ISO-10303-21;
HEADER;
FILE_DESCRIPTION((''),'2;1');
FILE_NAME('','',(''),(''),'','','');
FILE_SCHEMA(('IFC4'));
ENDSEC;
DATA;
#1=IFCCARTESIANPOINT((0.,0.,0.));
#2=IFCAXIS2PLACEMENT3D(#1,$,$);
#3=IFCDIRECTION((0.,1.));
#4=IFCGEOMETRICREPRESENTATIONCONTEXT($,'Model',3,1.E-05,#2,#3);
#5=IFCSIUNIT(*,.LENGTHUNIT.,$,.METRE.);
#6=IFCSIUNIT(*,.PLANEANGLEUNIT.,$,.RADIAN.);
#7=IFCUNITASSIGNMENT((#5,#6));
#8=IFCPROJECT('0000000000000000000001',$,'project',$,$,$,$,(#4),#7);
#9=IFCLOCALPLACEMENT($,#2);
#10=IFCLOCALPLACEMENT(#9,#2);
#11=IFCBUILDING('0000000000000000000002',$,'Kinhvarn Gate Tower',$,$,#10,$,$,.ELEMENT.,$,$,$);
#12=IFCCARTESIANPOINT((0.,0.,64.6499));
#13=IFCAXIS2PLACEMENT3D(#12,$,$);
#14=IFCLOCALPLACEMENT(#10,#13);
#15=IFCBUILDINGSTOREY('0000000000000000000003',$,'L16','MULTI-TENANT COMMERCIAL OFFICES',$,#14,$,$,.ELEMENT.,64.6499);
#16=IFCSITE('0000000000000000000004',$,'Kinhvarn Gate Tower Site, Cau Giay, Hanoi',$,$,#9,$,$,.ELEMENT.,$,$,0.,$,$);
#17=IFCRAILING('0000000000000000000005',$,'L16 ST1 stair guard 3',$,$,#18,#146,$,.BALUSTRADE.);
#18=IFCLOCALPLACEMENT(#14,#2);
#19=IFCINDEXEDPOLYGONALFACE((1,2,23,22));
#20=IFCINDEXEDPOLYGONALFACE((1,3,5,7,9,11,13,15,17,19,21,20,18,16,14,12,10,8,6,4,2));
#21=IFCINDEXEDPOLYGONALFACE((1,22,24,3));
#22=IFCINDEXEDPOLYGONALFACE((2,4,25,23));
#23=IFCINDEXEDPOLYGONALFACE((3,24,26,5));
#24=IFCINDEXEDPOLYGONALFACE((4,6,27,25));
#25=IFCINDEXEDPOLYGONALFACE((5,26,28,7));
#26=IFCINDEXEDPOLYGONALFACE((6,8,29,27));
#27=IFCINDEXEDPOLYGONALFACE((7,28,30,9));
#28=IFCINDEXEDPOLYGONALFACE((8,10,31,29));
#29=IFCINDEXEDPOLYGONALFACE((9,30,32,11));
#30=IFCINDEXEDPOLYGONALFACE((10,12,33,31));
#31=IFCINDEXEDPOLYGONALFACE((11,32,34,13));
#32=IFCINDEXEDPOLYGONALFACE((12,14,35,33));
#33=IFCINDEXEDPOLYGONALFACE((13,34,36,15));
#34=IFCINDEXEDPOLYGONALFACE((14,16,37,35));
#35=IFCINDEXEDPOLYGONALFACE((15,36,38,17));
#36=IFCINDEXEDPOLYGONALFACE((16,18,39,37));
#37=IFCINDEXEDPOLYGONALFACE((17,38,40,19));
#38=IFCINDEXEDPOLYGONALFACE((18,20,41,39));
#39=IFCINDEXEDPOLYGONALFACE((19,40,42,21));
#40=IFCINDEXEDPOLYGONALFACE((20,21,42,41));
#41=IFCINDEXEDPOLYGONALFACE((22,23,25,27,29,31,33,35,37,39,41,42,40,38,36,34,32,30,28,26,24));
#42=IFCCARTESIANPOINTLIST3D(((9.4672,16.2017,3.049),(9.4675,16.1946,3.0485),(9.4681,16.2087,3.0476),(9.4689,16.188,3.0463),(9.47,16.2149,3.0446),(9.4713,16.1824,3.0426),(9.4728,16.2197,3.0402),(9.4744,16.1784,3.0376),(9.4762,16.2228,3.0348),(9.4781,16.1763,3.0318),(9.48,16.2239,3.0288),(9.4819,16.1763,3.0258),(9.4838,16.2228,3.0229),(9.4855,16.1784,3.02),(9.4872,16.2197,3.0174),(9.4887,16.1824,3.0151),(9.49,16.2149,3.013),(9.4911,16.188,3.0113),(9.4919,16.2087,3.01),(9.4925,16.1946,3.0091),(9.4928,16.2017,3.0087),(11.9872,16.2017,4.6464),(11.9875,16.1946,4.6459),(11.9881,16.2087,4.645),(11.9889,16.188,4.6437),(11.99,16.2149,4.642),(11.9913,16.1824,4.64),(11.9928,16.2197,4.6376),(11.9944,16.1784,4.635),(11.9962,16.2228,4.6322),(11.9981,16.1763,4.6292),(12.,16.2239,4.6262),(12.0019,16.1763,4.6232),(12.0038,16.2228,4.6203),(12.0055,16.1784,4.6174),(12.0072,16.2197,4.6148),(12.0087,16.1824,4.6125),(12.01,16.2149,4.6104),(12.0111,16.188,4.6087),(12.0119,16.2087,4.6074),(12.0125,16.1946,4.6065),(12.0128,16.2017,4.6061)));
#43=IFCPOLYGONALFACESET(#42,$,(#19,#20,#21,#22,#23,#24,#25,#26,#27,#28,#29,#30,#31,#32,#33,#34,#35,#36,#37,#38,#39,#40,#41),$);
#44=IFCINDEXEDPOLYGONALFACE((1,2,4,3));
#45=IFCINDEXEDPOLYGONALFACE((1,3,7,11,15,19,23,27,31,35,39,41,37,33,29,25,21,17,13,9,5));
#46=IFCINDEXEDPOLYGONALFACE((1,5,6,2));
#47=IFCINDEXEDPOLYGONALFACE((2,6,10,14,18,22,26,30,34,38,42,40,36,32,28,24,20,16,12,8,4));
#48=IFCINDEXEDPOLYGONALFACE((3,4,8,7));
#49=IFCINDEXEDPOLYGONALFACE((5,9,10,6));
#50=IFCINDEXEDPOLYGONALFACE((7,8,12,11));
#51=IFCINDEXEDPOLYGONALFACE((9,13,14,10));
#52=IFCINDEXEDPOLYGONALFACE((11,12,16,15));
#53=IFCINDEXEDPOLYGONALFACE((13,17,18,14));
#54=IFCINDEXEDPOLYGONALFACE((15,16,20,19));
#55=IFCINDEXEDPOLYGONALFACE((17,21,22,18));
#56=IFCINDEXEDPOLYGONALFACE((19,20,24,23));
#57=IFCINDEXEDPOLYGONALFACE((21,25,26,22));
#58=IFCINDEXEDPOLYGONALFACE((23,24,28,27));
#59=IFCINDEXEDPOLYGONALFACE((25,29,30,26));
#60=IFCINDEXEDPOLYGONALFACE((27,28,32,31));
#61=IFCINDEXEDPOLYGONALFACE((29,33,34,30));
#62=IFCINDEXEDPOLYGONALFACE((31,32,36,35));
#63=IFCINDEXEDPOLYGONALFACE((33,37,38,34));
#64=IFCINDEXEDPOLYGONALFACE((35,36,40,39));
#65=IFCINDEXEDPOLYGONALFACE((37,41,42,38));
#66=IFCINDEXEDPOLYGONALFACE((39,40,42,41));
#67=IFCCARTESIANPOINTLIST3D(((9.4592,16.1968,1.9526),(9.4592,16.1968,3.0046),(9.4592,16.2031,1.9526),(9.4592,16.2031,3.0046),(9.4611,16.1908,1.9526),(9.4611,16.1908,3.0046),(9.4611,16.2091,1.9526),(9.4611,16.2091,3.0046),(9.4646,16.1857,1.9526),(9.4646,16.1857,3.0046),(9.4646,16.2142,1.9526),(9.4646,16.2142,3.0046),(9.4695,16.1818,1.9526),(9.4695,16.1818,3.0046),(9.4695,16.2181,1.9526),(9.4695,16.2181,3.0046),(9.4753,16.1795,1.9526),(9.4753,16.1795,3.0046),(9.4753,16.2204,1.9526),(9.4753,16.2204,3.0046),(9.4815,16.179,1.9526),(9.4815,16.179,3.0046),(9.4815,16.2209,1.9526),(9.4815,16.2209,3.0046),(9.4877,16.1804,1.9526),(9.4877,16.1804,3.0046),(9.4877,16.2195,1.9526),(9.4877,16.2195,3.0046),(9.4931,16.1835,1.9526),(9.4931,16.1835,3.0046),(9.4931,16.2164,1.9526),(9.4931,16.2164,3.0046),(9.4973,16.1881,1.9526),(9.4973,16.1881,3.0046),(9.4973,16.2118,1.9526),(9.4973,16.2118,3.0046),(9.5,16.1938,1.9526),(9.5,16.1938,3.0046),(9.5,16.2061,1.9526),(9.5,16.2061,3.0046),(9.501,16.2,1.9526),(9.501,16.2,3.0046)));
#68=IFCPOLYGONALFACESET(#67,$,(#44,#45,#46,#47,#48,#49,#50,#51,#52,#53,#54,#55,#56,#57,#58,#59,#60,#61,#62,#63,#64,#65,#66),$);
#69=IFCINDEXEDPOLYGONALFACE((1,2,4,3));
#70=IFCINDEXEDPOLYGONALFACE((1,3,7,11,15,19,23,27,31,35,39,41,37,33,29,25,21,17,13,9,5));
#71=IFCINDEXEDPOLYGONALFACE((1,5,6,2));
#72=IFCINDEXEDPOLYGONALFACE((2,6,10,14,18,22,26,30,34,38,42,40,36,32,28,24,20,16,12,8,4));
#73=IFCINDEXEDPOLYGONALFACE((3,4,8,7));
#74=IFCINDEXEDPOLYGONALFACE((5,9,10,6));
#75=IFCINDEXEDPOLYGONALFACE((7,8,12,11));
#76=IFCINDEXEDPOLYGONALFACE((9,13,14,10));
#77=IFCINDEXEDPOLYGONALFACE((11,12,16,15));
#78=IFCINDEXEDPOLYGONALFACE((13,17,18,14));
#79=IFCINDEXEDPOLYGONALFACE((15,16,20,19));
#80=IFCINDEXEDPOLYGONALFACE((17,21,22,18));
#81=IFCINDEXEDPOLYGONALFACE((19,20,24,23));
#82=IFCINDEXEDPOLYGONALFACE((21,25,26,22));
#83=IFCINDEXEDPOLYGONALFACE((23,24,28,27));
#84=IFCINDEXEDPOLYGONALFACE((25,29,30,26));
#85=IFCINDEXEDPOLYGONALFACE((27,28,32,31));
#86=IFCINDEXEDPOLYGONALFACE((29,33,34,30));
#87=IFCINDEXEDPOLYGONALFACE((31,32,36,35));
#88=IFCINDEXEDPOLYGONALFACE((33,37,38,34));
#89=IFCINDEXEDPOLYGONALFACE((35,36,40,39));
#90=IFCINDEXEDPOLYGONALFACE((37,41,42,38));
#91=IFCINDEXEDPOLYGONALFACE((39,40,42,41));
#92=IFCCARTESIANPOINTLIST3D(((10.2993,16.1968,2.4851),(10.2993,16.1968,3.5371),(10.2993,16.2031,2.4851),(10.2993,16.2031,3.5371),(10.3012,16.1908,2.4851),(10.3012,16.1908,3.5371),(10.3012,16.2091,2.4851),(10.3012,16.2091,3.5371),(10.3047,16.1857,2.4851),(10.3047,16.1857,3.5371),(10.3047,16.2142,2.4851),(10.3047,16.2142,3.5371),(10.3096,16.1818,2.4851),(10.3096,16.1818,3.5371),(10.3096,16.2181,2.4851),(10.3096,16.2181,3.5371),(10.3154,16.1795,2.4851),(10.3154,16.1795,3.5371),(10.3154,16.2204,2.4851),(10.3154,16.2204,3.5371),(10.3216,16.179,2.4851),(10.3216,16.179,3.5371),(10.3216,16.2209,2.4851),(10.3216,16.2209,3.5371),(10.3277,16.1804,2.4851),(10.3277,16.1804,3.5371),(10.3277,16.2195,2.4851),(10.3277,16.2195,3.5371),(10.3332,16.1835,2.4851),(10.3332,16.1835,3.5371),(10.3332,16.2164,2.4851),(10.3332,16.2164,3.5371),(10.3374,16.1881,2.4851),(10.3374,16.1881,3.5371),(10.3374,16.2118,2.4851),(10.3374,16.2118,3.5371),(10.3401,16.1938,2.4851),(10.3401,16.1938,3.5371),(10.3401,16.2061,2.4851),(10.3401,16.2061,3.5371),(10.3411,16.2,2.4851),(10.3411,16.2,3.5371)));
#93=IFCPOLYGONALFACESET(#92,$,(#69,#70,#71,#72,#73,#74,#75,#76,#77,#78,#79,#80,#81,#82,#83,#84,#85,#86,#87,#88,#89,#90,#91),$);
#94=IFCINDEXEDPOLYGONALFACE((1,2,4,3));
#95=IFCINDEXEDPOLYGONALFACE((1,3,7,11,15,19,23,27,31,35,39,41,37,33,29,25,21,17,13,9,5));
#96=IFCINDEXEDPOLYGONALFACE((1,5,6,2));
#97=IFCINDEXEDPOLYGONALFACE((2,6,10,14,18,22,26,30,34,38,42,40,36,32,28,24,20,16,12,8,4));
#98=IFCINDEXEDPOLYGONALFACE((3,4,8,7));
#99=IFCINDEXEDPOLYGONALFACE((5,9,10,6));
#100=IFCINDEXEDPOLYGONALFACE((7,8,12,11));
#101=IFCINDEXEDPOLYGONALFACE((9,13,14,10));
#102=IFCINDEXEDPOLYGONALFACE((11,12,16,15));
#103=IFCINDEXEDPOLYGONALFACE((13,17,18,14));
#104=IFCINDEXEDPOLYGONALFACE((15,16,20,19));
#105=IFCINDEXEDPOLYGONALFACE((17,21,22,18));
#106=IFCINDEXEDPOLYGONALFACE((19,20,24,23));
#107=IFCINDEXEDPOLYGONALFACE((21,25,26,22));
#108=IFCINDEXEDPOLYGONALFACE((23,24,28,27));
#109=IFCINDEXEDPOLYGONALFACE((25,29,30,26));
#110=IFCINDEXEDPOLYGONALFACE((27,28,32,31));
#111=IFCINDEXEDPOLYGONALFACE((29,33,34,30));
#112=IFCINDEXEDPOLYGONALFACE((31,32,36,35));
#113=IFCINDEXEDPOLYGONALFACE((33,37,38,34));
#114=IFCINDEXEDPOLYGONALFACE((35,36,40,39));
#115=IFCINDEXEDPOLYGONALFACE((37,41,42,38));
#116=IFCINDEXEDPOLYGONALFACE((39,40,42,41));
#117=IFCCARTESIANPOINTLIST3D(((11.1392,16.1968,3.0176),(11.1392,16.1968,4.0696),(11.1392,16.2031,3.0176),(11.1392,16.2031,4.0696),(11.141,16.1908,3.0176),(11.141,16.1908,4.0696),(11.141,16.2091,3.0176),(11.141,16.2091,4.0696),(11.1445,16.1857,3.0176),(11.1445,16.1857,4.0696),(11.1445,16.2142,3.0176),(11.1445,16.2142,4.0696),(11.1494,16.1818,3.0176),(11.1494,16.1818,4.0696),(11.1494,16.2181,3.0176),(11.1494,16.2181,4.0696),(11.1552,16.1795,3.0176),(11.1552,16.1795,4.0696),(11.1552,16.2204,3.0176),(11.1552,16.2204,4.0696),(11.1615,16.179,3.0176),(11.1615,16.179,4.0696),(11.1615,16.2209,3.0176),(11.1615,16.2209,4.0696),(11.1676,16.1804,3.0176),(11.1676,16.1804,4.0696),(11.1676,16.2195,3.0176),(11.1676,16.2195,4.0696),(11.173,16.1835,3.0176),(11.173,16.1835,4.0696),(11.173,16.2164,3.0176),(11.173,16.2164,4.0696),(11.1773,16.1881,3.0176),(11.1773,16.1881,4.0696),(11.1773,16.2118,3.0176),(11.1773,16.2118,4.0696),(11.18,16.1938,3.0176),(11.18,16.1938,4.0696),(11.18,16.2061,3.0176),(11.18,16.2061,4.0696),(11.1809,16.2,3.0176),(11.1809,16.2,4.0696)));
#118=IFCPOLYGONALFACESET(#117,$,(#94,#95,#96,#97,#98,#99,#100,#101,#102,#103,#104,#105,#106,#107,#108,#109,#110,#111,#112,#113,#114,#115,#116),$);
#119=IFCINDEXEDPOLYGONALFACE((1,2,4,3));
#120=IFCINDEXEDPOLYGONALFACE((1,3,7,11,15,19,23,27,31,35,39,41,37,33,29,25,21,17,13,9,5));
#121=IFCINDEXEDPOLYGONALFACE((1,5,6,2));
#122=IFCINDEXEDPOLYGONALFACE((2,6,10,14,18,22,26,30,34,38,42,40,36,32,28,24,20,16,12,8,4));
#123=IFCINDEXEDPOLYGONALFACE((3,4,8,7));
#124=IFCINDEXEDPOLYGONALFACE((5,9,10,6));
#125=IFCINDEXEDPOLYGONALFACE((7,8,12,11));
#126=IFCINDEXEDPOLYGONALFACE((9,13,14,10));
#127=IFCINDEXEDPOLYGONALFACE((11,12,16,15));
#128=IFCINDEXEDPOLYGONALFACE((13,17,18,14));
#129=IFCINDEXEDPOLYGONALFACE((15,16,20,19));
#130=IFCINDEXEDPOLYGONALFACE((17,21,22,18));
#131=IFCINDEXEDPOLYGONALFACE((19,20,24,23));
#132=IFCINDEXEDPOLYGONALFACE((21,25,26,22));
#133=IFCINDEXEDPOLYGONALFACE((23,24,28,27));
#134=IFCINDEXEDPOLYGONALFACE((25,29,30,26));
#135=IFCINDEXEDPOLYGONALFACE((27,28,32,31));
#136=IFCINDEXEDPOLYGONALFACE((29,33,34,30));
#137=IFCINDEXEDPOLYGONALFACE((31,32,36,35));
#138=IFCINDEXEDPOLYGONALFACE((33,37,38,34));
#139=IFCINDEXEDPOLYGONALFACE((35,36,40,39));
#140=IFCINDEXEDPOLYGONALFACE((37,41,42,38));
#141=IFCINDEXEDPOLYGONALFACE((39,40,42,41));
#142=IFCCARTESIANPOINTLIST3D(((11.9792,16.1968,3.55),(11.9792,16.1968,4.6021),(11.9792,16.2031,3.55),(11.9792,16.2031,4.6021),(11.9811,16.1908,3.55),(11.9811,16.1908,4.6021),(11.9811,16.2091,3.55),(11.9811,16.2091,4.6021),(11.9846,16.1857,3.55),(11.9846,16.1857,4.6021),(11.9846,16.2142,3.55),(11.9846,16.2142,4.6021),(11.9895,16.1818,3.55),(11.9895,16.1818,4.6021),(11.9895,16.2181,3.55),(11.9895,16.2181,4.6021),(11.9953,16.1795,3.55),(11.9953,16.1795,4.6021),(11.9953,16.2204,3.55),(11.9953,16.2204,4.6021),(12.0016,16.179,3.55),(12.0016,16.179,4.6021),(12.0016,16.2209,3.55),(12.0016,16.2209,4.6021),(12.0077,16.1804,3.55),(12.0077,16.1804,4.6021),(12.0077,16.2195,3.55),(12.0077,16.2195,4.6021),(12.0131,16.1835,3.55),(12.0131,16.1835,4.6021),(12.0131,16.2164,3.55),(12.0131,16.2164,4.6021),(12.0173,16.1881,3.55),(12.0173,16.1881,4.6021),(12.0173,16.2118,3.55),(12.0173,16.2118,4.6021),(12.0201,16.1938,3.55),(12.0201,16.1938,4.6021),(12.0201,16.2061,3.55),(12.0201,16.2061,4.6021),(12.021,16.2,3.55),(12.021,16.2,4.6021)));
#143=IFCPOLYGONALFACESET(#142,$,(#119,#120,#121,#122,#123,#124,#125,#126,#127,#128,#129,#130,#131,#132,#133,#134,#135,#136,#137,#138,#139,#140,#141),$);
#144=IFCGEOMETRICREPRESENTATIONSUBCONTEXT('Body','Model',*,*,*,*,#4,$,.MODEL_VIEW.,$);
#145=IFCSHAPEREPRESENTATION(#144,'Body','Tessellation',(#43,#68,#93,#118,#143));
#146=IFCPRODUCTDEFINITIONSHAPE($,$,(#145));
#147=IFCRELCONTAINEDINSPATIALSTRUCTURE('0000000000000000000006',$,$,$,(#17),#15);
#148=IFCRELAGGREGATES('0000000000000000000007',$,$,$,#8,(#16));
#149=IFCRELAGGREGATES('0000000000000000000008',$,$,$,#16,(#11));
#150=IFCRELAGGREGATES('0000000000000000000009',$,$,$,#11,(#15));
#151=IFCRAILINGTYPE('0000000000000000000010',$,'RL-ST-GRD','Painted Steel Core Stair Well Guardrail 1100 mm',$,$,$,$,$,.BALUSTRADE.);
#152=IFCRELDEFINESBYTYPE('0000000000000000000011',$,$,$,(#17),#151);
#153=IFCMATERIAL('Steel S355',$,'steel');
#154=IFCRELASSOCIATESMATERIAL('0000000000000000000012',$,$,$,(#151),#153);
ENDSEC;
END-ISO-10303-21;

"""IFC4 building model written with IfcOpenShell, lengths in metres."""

from ifc_helpers import new_model, si_unit, direction, frame, origin, origin_2d, place, context, subcontext, project, spatial, circle, extrude, material, type_object, element, save


model = new_model("IFC4")

# Units and contexts
model_context = context("Model", 3, precision=1e-05, world=origin(), true_north=direction((0.0, 1.0)))
body_context = subcontext(model_context, "Body", "Model", "MODEL_VIEW")
ifc_project = project(units=[si_unit("LENGTHUNIT", "METRE"), si_unit("PLANEANGLEUNIT", "RADIAN")], contexts=[model_context])

# Site, building, storey
site_placement = place(None, origin())
site = spatial("IfcSite", under=ifc_project, at=site_placement, Name="Kinhvarn Gate Tower Site, Cau Giay, Hanoi", CompositionType="ELEMENT", RefElevation=0.0)
building_placement = place(site_placement, origin())
building = spatial("IfcBuilding", under=site, at=building_placement, Name="Kinhvarn Gate Tower", CompositionType="ELEMENT")
storey_placement = place(building_placement, frame((0.0, 0.0, 64.6499)))
storey = spatial("IfcBuildingStorey", under=building, at=storey_placement, Name="L16", Description="MULTI-TENANT COMMERCIAL OFFICES", CompositionType="ELEMENT", Elevation=64.6499)

# Shared definitions
ifc_material_1 = material(Name="Steel S355", Category="steel")

# Railing
railing_type_1 = type_object("IfcRailingType", Name="RL-ST-GRD", Description="Painted Steel Core Stair Well Guardrail 1100 mm", PredefinedType="BALUSTRADE", material=ifc_material_1)
railing_1_placement = place(storey_placement, frame((9.48, 16.2, 1.9526)))
element("IfcRailing", 1, at=railing_1_placement, inside=storey, type_object=railing_type_1, Name="L16 ST1 stair guard 3", PredefinedType="BALUSTRADE", context=body_context, shape_type="SweptSolid", body=[
    extrude(circle(Radius=0.0239, at=origin_2d()), frame((0.0, 0.0, 1.0762), z_axis=(0.844607, 0.0, 0.535387), x_axis=(0.0, 1.0, 0.0)), (0.0, 0.0, 1.0), 2.9836),
    extrude(circle(Radius=0.021, at=origin_2d()), origin(), (0.0, 0.0, 1.0), 1.052),
    extrude(circle(Radius=0.021, at=origin_2d()), frame((0.8401, 0.0, 0.5325)), (0.0, 0.0, 1.0), 1.052),
    extrude(circle(Radius=0.021, at=origin_2d()), frame((1.6799, 0.0, 1.0649)), (0.0, 0.0, 1.0), 1.052),
    extrude(circle(Radius=0.021, at=origin_2d()), frame((2.52, 0.0, 1.5974)), (0.0, 0.0, 1.0), 1.052),
])

save(model, "model.ifc")
